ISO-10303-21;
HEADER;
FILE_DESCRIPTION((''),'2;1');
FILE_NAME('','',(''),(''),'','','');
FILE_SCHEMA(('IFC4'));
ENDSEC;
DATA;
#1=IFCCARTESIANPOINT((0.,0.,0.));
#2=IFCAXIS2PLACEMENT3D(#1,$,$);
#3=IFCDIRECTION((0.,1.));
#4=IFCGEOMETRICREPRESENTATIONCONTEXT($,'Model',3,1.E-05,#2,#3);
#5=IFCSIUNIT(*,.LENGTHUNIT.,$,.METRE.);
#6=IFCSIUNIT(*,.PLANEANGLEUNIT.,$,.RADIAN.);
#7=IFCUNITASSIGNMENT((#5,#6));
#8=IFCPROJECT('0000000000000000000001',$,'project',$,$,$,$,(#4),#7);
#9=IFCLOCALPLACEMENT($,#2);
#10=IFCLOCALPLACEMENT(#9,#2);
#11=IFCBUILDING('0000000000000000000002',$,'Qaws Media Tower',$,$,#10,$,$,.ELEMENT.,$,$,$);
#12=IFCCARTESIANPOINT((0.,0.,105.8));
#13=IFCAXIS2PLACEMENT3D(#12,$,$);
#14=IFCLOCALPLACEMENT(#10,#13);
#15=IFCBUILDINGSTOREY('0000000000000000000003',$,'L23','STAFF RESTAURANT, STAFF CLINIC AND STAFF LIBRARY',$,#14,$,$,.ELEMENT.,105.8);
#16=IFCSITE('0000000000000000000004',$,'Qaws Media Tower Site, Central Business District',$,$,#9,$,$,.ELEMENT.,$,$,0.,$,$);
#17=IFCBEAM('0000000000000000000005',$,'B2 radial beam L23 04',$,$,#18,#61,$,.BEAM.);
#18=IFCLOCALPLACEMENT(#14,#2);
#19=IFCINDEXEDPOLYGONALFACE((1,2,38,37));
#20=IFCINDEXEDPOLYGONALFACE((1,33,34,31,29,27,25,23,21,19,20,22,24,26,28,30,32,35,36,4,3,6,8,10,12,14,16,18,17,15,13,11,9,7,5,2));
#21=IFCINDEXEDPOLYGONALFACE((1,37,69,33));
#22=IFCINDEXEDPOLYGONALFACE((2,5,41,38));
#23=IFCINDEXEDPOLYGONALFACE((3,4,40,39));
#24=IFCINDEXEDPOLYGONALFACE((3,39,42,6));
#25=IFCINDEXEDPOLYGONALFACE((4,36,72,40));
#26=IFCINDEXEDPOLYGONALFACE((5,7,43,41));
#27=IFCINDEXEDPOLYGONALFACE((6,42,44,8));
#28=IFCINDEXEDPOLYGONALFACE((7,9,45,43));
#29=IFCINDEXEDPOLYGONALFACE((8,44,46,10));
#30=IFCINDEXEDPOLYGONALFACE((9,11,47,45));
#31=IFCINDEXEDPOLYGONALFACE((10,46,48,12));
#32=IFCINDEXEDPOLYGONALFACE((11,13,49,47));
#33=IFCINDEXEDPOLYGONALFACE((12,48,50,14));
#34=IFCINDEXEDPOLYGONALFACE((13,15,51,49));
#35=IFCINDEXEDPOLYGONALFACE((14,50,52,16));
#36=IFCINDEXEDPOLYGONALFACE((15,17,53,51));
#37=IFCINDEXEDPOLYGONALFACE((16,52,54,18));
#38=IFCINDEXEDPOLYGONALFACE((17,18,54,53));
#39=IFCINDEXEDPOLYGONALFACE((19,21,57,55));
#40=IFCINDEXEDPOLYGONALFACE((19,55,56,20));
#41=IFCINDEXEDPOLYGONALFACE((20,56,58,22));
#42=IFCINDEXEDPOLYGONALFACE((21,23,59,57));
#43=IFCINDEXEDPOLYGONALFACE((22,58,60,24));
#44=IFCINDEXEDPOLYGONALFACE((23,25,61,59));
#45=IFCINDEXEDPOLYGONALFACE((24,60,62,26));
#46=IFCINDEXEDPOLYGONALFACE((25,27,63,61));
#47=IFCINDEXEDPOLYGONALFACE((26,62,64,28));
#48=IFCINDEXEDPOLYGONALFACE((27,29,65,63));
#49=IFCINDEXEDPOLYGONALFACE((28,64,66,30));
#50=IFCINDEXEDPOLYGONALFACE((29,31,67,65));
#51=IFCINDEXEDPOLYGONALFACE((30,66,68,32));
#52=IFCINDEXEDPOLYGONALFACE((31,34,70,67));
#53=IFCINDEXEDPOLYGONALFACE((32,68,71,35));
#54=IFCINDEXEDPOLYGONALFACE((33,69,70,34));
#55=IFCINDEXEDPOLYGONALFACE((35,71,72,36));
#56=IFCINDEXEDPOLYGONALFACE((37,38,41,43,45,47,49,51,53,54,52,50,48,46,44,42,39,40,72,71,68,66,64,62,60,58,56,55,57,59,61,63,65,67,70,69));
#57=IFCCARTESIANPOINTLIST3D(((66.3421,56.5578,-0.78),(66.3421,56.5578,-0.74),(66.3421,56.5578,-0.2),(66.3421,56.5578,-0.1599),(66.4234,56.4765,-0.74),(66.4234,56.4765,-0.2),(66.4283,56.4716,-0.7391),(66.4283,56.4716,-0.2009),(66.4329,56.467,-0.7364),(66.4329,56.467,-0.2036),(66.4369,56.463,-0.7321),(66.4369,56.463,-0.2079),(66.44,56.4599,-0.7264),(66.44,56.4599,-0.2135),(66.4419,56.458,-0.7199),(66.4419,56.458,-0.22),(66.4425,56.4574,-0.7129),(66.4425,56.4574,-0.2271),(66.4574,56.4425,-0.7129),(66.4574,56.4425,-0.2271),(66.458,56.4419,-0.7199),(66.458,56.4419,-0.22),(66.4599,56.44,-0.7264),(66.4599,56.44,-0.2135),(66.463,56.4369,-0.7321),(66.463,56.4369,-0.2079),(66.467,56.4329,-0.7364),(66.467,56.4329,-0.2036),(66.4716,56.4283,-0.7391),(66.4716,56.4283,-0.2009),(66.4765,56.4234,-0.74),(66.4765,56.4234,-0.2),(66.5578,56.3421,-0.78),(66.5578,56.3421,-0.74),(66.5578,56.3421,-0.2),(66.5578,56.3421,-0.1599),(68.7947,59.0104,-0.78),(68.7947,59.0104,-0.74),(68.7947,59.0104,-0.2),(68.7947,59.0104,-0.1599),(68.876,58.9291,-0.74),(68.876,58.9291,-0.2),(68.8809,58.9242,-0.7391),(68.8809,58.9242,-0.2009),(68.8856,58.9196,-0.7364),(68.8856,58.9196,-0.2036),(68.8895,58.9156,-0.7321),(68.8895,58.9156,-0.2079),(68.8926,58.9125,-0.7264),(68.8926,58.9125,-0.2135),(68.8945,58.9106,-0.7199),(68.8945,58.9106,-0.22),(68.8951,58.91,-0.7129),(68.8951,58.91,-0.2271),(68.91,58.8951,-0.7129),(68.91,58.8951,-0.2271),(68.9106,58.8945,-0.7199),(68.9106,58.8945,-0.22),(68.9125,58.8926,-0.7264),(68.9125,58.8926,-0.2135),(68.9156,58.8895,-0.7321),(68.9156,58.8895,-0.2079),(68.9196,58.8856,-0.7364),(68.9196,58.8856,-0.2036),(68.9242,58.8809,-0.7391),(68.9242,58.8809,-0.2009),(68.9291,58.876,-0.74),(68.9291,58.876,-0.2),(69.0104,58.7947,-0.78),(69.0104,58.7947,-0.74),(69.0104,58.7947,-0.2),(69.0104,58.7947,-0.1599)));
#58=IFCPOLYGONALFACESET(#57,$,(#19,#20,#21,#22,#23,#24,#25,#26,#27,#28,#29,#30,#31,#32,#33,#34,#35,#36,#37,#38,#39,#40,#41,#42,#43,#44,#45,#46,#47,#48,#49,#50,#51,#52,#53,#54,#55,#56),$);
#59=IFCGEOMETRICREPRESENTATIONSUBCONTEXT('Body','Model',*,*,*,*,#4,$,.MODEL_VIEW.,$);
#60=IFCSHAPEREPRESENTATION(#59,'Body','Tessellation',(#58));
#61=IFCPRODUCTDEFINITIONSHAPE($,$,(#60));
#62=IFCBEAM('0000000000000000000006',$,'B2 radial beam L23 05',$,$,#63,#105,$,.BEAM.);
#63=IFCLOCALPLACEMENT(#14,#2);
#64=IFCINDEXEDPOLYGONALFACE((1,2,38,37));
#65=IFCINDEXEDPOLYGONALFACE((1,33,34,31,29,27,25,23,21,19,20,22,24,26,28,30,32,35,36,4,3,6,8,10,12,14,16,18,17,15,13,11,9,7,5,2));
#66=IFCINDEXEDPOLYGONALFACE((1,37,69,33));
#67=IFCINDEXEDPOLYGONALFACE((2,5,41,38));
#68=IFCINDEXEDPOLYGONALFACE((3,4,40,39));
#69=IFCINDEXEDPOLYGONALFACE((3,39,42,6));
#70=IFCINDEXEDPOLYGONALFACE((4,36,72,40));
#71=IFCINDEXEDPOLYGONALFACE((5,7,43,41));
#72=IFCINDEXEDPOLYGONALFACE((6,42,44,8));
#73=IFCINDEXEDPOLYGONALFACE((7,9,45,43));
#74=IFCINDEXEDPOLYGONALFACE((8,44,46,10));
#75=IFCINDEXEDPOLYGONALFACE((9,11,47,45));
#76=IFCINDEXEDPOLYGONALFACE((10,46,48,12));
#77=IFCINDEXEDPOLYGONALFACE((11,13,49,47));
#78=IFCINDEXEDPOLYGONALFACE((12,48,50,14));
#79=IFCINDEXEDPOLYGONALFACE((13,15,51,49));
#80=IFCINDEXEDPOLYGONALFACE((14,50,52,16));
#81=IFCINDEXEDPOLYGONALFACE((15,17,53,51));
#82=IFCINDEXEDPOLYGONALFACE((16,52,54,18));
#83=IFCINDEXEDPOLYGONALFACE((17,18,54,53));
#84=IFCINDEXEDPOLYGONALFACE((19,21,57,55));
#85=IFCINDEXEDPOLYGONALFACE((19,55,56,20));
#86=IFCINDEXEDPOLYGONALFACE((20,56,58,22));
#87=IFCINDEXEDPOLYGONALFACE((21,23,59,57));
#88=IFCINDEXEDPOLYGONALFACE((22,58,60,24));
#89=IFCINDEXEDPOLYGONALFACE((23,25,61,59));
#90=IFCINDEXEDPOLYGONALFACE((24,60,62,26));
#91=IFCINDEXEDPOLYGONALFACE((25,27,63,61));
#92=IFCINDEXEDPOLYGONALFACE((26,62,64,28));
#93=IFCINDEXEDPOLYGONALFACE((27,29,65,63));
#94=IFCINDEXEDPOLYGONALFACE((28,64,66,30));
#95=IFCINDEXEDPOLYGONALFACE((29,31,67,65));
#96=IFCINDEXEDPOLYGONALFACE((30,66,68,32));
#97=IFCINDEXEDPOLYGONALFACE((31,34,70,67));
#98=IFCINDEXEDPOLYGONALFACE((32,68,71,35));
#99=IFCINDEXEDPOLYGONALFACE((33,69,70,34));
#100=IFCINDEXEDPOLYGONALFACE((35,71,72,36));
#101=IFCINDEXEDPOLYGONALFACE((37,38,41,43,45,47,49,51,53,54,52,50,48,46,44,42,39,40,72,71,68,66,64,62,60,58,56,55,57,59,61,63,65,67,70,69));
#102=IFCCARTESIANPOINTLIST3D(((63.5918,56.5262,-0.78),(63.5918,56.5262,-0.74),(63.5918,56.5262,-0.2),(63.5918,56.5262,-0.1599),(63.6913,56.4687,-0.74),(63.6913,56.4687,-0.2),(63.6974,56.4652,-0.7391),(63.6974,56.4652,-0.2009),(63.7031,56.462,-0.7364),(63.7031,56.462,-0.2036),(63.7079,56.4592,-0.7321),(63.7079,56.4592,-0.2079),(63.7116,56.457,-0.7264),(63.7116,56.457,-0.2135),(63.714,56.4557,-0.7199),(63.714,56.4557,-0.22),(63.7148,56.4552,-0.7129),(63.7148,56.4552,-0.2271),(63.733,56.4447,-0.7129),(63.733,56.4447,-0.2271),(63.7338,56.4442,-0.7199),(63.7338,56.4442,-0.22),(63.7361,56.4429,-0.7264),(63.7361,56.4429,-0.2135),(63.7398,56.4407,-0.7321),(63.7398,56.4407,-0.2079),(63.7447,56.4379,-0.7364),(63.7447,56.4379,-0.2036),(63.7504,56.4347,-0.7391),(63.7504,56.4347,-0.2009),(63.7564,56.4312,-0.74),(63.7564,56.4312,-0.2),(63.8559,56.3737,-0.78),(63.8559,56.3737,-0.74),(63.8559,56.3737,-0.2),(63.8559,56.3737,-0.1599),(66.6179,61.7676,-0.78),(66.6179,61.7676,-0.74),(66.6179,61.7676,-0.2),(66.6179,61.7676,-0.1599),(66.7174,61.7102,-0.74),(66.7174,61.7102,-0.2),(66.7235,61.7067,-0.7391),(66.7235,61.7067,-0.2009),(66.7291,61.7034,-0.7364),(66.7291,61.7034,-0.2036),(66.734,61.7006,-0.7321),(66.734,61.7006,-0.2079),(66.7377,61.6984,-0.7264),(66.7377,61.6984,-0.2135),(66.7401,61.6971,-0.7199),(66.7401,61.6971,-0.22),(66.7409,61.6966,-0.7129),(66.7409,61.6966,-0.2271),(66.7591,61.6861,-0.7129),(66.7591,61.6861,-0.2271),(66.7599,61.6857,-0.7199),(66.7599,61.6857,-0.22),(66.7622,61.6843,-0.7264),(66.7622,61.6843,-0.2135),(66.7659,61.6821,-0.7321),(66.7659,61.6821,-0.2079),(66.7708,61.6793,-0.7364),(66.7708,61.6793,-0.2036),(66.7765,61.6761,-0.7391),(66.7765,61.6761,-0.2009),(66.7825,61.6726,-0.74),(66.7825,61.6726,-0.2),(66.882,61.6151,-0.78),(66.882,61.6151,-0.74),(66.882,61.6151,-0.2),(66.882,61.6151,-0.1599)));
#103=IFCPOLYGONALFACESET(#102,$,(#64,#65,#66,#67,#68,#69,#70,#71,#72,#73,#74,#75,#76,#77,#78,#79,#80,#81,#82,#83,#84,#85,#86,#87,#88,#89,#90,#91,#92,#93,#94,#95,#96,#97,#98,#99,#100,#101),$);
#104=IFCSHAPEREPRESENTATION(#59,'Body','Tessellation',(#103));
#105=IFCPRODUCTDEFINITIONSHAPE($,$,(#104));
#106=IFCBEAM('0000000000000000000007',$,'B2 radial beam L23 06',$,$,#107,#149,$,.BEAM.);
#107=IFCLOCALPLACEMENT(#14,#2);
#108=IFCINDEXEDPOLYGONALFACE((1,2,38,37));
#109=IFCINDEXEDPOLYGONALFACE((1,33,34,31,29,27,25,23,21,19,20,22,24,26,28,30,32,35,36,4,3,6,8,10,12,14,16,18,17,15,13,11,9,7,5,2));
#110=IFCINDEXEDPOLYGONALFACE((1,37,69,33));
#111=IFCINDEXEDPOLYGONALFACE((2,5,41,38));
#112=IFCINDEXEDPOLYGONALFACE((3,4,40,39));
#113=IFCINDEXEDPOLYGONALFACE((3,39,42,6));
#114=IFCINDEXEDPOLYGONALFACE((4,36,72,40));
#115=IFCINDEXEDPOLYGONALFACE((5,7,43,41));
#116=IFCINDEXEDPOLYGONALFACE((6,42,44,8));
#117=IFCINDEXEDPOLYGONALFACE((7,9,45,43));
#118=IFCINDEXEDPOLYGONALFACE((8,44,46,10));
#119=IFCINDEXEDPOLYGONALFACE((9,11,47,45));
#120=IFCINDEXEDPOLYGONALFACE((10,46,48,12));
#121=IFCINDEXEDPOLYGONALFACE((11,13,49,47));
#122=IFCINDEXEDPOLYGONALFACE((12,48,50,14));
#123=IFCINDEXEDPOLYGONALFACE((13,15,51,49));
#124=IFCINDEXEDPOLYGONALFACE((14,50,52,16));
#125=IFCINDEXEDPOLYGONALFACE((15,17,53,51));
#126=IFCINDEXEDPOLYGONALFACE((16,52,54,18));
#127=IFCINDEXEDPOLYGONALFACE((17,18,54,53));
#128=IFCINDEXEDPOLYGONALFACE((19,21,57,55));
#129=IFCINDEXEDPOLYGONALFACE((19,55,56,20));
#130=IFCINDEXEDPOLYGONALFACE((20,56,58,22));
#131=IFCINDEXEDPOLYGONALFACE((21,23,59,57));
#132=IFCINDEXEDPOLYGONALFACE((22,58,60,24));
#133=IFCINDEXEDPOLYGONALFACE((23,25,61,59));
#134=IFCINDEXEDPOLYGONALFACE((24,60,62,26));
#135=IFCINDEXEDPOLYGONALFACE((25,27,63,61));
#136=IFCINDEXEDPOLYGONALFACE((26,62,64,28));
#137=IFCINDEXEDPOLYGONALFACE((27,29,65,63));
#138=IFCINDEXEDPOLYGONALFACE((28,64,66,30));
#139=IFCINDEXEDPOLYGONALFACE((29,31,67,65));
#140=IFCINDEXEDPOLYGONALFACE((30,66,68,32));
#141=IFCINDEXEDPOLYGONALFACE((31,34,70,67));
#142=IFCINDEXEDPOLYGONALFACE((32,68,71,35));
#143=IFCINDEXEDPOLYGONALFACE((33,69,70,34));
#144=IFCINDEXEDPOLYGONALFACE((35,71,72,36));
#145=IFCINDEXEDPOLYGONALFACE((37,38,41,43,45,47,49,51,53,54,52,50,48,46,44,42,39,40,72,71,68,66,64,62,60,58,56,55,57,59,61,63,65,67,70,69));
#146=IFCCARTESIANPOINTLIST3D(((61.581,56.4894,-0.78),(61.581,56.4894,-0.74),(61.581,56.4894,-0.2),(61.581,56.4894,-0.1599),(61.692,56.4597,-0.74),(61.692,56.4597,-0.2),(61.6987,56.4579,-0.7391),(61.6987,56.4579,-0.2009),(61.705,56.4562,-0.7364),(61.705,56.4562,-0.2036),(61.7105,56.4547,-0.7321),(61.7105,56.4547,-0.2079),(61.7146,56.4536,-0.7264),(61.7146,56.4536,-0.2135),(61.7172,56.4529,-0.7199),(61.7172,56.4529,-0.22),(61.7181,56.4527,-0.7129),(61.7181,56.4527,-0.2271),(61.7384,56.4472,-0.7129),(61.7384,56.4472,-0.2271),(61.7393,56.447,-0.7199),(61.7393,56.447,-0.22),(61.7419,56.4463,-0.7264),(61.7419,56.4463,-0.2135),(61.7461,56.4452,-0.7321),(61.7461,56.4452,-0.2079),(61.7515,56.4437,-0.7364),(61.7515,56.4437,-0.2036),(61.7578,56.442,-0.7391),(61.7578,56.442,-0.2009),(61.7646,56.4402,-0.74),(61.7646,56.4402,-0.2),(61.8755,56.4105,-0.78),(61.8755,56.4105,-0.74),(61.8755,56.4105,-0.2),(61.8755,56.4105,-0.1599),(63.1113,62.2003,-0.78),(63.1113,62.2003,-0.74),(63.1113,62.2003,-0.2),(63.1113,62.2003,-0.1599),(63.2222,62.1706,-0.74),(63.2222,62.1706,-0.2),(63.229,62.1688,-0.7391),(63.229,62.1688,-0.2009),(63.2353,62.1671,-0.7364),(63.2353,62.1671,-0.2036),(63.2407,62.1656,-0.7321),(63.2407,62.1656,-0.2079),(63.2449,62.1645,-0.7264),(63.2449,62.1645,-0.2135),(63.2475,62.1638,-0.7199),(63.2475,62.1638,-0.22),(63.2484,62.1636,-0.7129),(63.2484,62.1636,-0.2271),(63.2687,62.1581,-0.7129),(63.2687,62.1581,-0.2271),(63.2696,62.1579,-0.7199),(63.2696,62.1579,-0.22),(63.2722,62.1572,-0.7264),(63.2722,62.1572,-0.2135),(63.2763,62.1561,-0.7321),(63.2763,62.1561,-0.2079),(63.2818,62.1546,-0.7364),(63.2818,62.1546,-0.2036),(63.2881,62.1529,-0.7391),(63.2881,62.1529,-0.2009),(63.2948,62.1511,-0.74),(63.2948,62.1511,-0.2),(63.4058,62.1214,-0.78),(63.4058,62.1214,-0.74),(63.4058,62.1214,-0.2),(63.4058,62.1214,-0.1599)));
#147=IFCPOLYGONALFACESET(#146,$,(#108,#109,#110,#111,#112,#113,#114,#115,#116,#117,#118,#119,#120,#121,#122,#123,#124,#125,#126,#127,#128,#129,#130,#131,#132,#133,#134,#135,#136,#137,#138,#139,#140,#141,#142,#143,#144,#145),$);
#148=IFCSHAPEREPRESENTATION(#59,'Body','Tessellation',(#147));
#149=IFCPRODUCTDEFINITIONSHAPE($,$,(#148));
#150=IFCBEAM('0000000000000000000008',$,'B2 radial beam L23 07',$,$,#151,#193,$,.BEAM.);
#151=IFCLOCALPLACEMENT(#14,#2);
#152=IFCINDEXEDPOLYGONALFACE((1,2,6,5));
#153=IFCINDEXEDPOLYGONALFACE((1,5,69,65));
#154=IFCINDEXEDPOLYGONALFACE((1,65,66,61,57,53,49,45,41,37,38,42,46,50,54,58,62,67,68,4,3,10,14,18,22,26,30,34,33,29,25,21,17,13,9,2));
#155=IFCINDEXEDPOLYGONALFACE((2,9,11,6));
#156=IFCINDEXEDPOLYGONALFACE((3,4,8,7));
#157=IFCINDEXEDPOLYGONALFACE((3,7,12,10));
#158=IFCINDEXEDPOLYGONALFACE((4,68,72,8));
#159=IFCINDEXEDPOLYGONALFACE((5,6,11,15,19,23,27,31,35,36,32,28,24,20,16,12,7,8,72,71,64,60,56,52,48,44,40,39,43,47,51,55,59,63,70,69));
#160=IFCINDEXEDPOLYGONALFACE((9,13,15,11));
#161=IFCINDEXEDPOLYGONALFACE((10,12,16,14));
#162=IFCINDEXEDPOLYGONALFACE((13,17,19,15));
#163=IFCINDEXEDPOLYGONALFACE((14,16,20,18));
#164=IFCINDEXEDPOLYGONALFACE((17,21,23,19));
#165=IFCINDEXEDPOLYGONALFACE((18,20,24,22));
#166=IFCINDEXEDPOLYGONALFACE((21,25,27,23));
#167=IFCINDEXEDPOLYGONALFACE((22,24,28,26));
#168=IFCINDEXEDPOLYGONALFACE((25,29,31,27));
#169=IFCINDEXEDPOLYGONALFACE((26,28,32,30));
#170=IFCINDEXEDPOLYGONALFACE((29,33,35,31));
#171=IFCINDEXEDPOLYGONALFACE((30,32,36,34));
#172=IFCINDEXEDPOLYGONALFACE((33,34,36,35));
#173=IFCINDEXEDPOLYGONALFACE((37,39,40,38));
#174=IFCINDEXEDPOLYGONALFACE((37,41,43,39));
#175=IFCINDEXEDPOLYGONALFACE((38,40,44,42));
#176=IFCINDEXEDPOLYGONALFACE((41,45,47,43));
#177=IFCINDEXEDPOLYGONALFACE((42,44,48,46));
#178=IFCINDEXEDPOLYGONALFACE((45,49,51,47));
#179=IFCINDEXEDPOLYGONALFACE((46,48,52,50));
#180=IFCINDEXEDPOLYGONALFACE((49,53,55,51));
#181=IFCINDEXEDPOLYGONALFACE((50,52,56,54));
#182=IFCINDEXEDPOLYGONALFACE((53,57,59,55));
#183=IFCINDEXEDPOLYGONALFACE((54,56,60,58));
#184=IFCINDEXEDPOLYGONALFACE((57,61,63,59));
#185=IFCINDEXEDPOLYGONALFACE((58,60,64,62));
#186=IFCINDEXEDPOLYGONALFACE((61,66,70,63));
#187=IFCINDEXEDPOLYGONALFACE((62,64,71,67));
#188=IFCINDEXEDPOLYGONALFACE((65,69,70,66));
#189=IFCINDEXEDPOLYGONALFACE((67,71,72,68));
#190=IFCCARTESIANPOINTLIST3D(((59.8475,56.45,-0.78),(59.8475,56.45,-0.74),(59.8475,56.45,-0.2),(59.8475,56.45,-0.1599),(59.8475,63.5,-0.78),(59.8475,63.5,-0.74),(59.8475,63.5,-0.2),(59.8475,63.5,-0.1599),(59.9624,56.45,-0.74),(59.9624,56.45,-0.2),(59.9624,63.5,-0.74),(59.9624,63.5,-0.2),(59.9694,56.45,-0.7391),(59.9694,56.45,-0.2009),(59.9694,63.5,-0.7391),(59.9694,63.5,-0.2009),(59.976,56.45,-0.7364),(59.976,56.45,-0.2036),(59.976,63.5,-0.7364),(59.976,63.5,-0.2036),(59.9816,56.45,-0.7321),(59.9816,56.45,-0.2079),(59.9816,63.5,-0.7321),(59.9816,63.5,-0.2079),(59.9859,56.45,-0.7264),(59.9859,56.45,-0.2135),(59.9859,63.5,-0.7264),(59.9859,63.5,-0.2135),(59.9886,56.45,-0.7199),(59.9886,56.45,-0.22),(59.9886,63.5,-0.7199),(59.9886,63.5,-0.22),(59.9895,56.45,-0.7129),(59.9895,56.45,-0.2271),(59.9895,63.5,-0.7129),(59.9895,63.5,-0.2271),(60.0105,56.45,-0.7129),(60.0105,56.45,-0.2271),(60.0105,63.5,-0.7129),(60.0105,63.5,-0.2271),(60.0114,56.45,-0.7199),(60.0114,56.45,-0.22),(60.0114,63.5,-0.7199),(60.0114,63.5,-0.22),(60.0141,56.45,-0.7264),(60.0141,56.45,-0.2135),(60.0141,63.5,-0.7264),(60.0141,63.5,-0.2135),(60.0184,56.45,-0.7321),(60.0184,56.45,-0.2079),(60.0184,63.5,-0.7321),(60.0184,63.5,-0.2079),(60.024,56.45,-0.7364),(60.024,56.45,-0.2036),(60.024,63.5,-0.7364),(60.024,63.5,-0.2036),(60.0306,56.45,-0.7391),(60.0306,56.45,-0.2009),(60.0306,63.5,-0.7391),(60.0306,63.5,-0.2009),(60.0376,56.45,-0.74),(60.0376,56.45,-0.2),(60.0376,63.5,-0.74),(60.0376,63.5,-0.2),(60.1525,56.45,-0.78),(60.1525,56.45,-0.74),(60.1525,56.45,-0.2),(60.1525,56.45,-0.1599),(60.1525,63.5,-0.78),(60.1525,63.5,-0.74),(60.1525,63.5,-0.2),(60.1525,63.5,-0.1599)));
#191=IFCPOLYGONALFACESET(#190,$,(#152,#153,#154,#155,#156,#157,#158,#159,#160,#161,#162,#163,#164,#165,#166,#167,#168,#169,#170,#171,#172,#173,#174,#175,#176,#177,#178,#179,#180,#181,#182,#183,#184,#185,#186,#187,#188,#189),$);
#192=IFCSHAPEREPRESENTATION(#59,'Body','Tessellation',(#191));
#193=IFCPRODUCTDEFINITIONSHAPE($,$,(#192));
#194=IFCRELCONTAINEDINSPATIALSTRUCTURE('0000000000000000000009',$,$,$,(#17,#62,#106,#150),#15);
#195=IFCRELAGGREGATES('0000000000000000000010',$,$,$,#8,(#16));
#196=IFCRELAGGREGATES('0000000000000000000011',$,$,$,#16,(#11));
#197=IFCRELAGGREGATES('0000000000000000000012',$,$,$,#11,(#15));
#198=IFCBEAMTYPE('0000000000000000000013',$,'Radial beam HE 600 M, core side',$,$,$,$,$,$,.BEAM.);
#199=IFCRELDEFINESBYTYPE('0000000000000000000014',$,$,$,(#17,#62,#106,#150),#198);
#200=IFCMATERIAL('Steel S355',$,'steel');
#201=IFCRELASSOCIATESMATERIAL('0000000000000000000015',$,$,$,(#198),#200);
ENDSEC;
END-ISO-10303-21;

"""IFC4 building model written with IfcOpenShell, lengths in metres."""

from ifc_helpers import new_model, si_unit, direction, frame, origin, origin_2d, place, context, subcontext, project, spatial, i_section, extrude, material, material_profile, profile_set, type_object, element, save


model = new_model("IFC4")

# Units and contexts
model_context = context("Model", 3, precision=1e-05, world=origin(), true_north=direction((0.0, 1.0)))
body_context = subcontext(model_context, "Body", "Model", "MODEL_VIEW")
ifc_project = project(units=[si_unit("LENGTHUNIT", "METRE"), si_unit("PLANEANGLEUNIT", "RADIAN")], contexts=[model_context])

# Site, building, storey
site_placement = place(None, origin())
site = spatial("IfcSite", under=ifc_project, at=site_placement, Name="Qaws Media Tower Site, Central Business District", CompositionType="ELEMENT", RefElevation=0.0)
building_placement = place(site_placement, origin())
building = spatial("IfcBuilding", under=site, at=building_placement, Name="Qaws Media Tower", CompositionType="ELEMENT")
storey_placement = place(building_placement, frame((0.0, 0.0, 105.8)))
storey = spatial("IfcBuildingStorey", under=building, at=storey_placement, Name="L23", Description="STAFF RESTAURANT, STAFF CLINIC AND STAFF LIBRARY", CompositionType="ELEMENT", Elevation=105.8)

# Beams
ifc_material_1 = material(Name="Steel S355", Category="steel")
ifc_material_profile = material_profile(ifc_material_1, i_section(OverallWidth=0.3049, OverallDepth=0.6201, WebThickness=0.021, FlangeThickness=0.04, FilletRadius=0.0271, at=origin_2d()), Name="HE 600 M")
ifc_profile_set = profile_set([ifc_material_profile], Name="Steel S355")
beam_type = type_object("IfcBeamType", Name="Radial beam HE 600 M, core side", PredefinedType="BEAM", material=ifc_profile_set)
beam_1_placement = place(storey_placement, frame((66.45, 56.45, -0.47), z_axis=(0.707107, 0.707107, 0.0), x_axis=(-0.707107, 0.707107, 0.0)))
element("IfcBeam", 1, at=beam_1_placement, inside=storey, type_object=beam_type, Name="B2 radial beam L23 04", PredefinedType="BEAM", context=body_context, shape_type="SweptSolid", body=[
    extrude(i_section(OverallWidth=0.3049, OverallDepth=0.6201, WebThickness=0.021, FlangeThickness=0.04, FilletRadius=0.0271, at=origin_2d()), origin(), (0.0, 0.0, 1.0), 3.4685),
])
beam_2_placement = place(storey_placement, frame((63.7239, 56.45, -0.47), z_axis=(0.499996, 0.866028, 0.0), x_axis=(-0.866028, 0.499996, 0.0)))
element("IfcBeam", 2, at=beam_2_placement, inside=storey, type_object=beam_type, Name="B2 radial beam L23 05", PredefinedType="BEAM", context=body_context, shape_type="SweptSolid", body=[
    extrude(i_section(OverallWidth=0.3049, OverallDepth=0.6201, WebThickness=0.021, FlangeThickness=0.04, FilletRadius=0.0271, at=origin_2d()), origin(), (0.0, 0.0, 1.0), 6.0522),
])
beam_3_placement = place(storey_placement, frame((61.7283, 56.45, -0.47), z_axis=(0.258824, 0.965924, 0.0), x_axis=(-0.965924, 0.258824, 0.0)))
element("IfcBeam", 3, at=beam_3_placement, inside=storey, type_object=beam_type, Name="B2 radial beam L23 06", PredefinedType="BEAM", context=body_context, shape_type="SweptSolid", body=[
    extrude(i_section(OverallWidth=0.3049, OverallDepth=0.6201, WebThickness=0.021, FlangeThickness=0.04, FilletRadius=0.0271, at=origin_2d()), origin(), (0.0, 0.0, 1.0), 5.9124),
])
beam_4_placement = place(storey_placement, frame((60.0, 56.45, -0.47), z_axis=(0.0, 1.0, 0.0), x_axis=(-1.0, 0.0, 0.0)))
element("IfcBeam", 4, at=beam_4_placement, inside=storey, type_object=beam_type, Name="B2 radial beam L23 07", PredefinedType="BEAM", context=body_context, shape_type="SweptSolid", body=[
    extrude(i_section(OverallWidth=0.3049, OverallDepth=0.6201, WebThickness=0.021, FlangeThickness=0.04, FilletRadius=0.0271, at=origin_2d()), origin(), (0.0, 0.0, 1.0), 7.05),
])

save(model, "model.ifc")
